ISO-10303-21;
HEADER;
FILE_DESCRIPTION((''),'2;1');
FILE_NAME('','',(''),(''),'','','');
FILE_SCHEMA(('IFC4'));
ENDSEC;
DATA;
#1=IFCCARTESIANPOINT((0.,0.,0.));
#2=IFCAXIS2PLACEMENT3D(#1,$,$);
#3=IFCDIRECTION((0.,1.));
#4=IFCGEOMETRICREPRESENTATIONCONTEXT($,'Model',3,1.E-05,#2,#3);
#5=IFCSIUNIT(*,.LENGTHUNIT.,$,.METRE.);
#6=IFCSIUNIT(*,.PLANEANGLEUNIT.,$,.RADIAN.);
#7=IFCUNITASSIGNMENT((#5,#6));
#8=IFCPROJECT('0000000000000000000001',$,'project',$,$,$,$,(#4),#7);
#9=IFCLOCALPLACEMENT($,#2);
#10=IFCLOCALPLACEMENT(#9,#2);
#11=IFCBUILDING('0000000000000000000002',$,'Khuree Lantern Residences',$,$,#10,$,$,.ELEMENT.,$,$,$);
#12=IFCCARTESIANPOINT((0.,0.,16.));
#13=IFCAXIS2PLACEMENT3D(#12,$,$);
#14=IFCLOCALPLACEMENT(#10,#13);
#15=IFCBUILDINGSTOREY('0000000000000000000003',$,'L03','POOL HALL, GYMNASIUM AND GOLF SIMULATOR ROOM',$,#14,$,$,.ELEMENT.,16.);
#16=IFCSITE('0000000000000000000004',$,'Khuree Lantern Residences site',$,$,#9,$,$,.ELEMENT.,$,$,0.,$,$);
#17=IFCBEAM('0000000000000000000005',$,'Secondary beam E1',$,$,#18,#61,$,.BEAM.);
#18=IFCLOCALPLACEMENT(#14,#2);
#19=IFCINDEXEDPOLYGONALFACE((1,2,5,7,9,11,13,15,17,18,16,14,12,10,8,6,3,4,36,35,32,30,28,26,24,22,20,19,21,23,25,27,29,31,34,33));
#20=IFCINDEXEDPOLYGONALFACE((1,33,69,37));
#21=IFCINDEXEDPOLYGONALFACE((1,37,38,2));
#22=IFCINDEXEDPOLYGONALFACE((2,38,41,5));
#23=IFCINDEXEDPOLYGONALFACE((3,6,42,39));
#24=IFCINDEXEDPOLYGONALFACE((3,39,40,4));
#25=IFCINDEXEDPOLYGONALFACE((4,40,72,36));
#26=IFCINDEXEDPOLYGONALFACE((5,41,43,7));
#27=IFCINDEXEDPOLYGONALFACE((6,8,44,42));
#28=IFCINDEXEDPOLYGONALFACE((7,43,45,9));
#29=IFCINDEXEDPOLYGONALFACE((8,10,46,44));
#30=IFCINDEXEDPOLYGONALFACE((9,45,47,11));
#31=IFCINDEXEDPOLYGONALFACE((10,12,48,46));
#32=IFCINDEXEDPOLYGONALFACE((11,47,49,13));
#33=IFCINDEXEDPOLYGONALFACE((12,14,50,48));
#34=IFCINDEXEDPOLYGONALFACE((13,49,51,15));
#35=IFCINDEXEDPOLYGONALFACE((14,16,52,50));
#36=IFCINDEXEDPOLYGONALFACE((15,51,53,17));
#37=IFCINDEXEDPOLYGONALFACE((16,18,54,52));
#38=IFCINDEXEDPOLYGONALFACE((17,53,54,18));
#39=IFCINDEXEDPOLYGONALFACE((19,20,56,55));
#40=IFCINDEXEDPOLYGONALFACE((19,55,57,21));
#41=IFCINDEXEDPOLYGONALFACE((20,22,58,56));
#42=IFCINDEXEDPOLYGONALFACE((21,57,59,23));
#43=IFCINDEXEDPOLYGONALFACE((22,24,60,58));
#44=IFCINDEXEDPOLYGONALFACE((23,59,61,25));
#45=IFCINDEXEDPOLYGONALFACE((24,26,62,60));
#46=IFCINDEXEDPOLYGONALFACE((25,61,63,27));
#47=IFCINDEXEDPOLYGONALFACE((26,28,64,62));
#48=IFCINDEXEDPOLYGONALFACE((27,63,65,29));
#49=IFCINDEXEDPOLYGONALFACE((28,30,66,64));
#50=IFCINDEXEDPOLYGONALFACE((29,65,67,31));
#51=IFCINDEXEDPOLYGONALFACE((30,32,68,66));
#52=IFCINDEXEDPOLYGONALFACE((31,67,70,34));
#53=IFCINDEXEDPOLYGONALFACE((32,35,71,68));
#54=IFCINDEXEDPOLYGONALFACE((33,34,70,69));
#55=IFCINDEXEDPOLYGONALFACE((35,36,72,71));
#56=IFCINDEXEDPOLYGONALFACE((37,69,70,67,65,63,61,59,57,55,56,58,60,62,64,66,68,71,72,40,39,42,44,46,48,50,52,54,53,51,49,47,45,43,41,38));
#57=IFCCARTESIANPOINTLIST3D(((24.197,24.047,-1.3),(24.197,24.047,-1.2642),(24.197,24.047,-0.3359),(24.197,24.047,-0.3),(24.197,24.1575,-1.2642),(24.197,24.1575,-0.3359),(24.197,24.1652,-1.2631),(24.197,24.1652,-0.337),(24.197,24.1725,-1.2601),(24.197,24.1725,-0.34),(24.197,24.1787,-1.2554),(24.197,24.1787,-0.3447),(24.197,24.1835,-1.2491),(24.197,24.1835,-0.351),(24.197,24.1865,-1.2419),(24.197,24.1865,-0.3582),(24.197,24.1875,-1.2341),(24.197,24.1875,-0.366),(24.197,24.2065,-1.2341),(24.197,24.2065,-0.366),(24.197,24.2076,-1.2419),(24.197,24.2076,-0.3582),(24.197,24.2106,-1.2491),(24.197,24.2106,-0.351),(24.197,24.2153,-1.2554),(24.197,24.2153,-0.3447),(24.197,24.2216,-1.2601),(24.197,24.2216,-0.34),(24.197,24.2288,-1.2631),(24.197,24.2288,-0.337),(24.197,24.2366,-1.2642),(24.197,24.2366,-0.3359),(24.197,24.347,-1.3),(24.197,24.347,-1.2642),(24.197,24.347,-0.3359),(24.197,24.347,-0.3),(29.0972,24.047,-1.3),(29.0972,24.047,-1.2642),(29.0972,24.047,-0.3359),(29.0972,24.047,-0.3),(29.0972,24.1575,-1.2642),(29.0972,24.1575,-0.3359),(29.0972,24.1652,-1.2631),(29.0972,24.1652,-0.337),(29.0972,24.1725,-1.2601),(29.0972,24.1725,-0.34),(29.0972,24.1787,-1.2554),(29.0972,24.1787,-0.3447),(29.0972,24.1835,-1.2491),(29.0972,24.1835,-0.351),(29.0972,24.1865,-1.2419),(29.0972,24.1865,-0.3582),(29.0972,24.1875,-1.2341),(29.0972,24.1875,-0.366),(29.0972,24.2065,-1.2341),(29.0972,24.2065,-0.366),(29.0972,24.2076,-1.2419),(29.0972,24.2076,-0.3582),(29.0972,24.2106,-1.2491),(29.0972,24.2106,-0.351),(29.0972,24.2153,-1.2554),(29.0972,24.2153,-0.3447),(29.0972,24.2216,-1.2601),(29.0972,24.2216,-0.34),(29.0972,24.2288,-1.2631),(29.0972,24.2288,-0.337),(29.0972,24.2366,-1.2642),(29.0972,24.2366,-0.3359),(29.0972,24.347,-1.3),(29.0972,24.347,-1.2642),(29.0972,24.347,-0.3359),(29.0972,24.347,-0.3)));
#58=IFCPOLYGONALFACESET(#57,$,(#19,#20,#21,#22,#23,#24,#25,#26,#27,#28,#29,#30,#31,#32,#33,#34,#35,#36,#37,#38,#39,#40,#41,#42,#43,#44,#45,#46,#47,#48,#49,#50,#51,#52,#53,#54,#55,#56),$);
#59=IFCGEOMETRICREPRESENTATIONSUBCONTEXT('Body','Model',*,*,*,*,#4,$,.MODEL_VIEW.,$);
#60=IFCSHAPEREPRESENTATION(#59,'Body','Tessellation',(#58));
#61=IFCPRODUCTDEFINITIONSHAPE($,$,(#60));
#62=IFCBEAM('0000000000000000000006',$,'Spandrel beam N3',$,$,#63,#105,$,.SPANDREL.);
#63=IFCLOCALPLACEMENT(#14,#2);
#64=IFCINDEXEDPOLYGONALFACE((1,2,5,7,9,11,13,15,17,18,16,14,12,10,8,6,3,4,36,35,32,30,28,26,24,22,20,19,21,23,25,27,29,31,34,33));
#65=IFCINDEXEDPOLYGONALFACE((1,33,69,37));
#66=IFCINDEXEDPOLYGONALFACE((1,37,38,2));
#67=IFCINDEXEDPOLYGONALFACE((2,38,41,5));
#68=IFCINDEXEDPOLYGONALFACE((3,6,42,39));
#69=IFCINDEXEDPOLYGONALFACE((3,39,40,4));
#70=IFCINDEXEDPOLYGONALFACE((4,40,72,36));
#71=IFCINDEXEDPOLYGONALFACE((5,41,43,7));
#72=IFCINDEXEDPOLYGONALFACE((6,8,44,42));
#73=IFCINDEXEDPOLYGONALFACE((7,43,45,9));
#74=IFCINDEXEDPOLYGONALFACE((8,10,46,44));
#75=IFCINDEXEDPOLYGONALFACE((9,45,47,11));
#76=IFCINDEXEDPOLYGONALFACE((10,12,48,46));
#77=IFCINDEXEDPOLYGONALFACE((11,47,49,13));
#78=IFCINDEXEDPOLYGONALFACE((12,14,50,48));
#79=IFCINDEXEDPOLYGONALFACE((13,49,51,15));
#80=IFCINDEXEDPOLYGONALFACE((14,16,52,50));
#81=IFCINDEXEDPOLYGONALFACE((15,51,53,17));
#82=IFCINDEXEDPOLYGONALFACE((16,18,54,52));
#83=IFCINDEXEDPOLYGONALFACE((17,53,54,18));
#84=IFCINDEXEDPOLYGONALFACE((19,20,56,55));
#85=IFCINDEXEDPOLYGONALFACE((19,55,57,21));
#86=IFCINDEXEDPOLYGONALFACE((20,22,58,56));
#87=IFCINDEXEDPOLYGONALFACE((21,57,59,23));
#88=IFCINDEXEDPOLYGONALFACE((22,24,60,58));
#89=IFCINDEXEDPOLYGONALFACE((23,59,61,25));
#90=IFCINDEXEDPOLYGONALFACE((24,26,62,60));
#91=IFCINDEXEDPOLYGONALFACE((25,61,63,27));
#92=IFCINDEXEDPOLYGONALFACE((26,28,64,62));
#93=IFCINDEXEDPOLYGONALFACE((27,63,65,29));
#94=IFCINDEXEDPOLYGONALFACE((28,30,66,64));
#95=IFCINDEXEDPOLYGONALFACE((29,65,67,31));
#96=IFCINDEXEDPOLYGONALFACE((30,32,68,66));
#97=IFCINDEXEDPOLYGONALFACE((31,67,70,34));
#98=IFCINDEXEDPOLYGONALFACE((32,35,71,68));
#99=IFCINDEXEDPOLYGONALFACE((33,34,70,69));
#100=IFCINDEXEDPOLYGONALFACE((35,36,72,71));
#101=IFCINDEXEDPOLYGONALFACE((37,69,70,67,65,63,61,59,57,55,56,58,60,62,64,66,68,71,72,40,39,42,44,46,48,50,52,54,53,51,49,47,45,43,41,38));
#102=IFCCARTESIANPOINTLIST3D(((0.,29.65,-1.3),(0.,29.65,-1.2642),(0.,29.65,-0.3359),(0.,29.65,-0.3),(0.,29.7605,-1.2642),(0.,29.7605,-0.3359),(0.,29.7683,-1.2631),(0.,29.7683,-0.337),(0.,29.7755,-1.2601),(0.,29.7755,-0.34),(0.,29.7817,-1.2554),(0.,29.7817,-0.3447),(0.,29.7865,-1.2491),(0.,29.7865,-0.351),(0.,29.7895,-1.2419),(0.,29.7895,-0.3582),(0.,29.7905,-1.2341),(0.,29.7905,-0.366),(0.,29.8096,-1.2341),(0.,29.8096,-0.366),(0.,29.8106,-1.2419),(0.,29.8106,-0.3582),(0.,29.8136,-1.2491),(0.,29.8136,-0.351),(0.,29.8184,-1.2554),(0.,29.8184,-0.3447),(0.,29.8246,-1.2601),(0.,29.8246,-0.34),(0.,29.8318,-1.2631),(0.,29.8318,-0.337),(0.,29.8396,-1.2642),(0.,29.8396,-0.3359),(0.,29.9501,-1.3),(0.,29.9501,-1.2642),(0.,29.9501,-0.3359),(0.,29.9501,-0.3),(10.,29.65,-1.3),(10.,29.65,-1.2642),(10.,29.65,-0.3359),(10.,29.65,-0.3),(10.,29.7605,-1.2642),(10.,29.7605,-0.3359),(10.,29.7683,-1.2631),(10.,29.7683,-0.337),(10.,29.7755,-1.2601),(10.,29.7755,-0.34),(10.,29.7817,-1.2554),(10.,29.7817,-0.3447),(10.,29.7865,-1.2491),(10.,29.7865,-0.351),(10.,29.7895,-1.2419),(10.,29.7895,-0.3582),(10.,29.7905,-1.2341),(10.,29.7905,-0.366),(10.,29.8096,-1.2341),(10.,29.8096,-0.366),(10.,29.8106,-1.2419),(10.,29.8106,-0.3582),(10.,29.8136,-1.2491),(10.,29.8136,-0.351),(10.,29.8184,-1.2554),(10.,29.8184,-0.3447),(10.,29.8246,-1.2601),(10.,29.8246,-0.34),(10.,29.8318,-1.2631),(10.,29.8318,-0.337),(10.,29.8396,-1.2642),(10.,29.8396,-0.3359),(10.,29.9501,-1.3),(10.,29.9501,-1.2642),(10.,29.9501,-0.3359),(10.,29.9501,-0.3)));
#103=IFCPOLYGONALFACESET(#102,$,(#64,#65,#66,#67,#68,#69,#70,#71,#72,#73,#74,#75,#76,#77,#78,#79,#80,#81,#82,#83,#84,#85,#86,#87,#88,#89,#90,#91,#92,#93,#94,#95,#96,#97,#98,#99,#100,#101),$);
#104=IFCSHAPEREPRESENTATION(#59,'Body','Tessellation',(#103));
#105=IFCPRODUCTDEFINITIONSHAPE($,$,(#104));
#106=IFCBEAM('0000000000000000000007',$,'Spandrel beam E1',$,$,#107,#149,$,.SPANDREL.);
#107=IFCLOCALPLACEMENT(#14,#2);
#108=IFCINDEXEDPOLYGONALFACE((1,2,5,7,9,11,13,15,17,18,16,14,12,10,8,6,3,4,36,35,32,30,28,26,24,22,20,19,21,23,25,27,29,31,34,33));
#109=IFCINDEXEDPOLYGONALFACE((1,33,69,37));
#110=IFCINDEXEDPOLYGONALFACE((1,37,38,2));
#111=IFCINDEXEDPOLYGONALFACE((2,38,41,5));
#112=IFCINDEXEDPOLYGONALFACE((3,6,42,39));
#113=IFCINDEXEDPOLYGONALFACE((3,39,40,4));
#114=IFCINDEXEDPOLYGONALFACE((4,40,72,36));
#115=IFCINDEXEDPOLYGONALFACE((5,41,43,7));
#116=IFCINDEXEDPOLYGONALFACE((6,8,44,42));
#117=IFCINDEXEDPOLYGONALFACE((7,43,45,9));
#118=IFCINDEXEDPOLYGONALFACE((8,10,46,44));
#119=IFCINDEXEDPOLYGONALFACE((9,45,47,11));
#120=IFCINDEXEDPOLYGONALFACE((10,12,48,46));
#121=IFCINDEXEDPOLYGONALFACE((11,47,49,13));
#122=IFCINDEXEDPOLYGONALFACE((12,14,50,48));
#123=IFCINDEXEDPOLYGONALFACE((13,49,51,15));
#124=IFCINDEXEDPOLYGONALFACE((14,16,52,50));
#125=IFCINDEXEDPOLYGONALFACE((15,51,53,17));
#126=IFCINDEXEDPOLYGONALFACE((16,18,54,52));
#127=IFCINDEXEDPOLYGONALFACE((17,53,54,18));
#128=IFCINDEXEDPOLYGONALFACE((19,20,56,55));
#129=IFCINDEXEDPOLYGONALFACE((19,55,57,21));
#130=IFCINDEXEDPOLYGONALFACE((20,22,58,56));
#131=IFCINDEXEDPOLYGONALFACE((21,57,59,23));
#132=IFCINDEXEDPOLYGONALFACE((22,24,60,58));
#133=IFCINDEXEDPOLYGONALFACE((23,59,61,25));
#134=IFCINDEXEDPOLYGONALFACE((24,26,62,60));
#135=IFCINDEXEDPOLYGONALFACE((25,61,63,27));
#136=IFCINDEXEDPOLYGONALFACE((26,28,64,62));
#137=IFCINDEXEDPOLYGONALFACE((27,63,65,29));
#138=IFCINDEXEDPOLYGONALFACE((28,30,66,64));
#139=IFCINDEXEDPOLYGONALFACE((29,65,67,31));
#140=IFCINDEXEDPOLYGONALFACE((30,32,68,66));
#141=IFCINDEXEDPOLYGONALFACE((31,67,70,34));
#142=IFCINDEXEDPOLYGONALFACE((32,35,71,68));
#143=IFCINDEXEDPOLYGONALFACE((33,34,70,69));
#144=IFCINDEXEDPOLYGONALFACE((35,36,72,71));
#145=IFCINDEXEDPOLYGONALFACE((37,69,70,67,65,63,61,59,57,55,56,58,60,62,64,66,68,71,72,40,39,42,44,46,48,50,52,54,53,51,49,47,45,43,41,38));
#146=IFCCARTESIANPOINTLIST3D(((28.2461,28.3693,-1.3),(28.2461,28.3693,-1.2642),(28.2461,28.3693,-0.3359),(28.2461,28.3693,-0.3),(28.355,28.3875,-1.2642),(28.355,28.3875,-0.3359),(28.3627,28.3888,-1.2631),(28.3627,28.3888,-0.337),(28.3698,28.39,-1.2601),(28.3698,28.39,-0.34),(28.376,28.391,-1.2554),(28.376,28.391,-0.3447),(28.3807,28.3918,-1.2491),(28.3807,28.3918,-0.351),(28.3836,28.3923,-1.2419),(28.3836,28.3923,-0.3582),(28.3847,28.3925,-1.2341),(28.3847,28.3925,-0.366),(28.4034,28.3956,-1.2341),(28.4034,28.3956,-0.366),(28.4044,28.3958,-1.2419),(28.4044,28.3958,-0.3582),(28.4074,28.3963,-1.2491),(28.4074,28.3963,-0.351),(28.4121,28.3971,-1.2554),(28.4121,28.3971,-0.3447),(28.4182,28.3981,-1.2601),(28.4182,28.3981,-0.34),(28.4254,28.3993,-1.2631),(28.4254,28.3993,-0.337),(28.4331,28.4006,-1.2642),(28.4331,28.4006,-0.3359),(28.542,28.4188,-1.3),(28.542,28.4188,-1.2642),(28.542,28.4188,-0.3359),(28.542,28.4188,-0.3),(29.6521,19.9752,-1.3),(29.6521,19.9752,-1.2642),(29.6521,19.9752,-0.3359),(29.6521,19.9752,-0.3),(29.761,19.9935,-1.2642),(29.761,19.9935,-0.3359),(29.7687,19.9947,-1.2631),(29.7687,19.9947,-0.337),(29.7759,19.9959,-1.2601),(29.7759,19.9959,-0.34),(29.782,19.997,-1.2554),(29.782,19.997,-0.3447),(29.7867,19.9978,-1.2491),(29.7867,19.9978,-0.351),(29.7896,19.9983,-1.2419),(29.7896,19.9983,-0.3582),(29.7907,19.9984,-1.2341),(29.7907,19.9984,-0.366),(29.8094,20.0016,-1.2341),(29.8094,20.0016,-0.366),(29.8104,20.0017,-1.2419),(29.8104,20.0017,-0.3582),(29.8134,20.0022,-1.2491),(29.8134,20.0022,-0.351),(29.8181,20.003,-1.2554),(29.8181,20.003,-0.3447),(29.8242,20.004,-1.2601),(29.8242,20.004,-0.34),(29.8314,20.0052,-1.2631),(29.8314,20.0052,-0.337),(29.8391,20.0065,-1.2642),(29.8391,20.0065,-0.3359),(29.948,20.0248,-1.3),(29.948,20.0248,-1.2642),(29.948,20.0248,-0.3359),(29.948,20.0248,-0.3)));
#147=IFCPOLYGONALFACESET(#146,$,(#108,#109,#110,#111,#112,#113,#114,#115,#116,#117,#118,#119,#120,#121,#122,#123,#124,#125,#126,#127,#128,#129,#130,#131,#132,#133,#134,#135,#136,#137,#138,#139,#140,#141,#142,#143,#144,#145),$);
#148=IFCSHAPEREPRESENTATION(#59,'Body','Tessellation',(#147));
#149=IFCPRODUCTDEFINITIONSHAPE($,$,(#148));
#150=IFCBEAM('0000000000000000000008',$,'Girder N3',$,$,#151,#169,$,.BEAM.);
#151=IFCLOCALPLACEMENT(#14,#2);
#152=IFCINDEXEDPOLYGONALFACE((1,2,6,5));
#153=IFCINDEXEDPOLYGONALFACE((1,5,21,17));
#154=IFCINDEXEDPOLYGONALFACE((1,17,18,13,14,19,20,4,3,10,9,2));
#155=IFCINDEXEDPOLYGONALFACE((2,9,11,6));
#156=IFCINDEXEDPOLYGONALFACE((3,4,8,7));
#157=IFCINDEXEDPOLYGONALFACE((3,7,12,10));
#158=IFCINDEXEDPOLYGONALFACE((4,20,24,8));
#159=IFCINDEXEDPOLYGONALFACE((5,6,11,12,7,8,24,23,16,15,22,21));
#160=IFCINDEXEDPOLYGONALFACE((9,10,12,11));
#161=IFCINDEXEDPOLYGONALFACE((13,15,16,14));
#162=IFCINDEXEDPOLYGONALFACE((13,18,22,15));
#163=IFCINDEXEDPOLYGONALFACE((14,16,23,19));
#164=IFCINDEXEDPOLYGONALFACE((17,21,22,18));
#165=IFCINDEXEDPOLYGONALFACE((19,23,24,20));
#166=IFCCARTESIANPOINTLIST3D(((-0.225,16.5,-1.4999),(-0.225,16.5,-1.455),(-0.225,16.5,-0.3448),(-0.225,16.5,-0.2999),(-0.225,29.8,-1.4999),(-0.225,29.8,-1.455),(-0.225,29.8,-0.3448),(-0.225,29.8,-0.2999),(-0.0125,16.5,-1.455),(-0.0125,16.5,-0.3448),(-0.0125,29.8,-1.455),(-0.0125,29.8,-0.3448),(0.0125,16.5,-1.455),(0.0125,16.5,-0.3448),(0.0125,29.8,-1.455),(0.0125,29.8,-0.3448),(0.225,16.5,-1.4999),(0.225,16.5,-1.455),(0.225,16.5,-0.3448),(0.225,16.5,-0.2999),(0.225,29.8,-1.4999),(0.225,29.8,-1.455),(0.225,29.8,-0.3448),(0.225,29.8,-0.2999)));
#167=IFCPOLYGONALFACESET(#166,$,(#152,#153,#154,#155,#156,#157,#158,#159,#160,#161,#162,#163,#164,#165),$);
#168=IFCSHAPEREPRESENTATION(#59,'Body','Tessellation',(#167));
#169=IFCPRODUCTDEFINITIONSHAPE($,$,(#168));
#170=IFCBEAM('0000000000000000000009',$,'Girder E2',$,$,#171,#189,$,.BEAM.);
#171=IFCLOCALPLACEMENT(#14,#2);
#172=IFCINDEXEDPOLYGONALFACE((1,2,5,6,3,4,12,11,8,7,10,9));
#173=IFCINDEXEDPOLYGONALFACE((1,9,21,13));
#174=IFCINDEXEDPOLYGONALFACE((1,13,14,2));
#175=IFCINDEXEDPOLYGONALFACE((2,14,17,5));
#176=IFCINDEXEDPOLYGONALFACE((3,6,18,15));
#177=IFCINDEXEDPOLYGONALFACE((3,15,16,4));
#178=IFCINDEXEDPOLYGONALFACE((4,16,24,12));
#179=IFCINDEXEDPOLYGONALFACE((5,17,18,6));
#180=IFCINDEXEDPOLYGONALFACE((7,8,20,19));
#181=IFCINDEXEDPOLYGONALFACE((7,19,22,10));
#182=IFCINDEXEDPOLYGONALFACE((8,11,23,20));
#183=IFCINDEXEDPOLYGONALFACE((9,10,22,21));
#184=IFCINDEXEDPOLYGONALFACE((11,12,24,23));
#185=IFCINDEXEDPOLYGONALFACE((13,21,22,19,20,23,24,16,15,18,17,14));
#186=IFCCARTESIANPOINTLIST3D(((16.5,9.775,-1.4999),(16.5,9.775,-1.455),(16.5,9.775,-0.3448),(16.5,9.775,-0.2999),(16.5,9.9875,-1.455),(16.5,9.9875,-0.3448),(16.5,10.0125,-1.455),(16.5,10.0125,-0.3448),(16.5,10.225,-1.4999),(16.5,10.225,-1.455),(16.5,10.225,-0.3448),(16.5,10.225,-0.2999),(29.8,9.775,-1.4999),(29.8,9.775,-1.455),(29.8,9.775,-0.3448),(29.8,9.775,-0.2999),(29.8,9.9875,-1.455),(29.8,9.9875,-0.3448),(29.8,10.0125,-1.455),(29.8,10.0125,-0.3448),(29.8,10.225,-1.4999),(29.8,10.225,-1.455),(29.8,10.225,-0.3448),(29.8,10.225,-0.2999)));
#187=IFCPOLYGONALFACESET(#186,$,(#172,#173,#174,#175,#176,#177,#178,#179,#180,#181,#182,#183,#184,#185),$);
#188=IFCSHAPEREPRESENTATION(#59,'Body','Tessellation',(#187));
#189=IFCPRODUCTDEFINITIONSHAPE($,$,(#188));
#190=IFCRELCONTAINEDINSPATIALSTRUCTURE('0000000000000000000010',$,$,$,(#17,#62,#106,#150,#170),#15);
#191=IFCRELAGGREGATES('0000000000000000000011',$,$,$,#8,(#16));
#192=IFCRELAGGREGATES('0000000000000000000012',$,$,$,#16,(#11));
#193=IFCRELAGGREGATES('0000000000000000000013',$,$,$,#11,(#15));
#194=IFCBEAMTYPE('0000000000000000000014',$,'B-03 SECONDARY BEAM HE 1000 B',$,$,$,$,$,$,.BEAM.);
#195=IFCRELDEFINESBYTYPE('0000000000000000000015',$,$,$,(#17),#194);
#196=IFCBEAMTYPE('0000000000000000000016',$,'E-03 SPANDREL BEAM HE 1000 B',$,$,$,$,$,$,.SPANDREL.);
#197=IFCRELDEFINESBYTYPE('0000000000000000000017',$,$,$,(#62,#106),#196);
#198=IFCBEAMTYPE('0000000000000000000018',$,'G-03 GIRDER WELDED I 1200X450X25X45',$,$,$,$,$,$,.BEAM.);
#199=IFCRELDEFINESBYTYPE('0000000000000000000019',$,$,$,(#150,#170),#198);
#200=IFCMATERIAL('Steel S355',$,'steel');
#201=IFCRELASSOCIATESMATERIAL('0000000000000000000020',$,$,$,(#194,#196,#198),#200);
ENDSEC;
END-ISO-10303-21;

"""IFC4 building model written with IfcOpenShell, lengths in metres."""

from ifc_helpers import new_model, si_unit, direction, frame, origin, origin_2d, place, context, subcontext, project, spatial, i_section, extrude, material, material_profile, profile_set, type_object, element, save


model = new_model("IFC4")

# Units and contexts
model_context = context("Model", 3, precision=1e-05, world=origin(), true_north=direction((0.0, 1.0)))
body_context = subcontext(model_context, "Body", "Model", "MODEL_VIEW")
ifc_project = project(units=[si_unit("LENGTHUNIT", "METRE"), si_unit("PLANEANGLEUNIT", "RADIAN")], contexts=[model_context])

# Site, building, storey
site_placement = place(None, origin())
site = spatial("IfcSite", under=ifc_project, at=site_placement, Name="Khuree Lantern Residences site", CompositionType="ELEMENT", RefElevation=0.0)
building_placement = place(site_placement, origin())
building = spatial("IfcBuilding", under=site, at=building_placement, Name="Khuree Lantern Residences", CompositionType="ELEMENT")
storey_placement = place(building_placement, frame((0.0, 0.0, 16.0)))
storey = spatial("IfcBuildingStorey", under=building, at=storey_placement, Name="L03", Description="POOL HALL, GYMNASIUM AND GOLF SIMULATOR ROOM", CompositionType="ELEMENT", Elevation=16.0)

# Beams
ifc_material_1 = material(Name="Steel S355", Category="steel")
ifc_material_profile_1 = material_profile(ifc_material_1, i_section(OverallWidth=0.3, OverallDepth=1.0, WebThickness=0.019, FlangeThickness=0.0359, FilletRadius=0.03, at=origin_2d()), Name="HE 1000 B")
ifc_profile_set_1 = profile_set([ifc_material_profile_1], Name="Steel S355")
beam_type_1 = type_object("IfcBeamType", Name="B-03 SECONDARY BEAM HE 1000 B", PredefinedType="BEAM", material=ifc_profile_set_1)
for number, where, z_axis, x_axis, name in (
    (1, (29.0972, 24.197, -0.8), (-1.0, 0.0, 0.0), (0.0, -1.0, 0.0), "Secondary beam E1"),
):
    element("IfcBeam", number, at=place(storey_placement, frame(where, z_axis=z_axis, x_axis=x_axis)), inside=storey, type_object=beam_type_1, Name=name, PredefinedType="BEAM", context=body_context, shape_type="SweptSolid", body=[
        extrude(i_section(OverallWidth=0.3, OverallDepth=1.0, WebThickness=0.019, FlangeThickness=0.0359, FilletRadius=0.03, at=origin_2d()), origin(), (0.0, 0.0, 1.0), 4.9001),
    ])
ifc_material_profile_2 = material_profile(ifc_material_1, i_section(OverallWidth=0.3, OverallDepth=1.0, WebThickness=0.019, FlangeThickness=0.0359, FilletRadius=0.03, at=origin_2d()), Name="HE 1000 B")
ifc_profile_set_2 = profile_set([ifc_material_profile_2], Name="Steel S355")
beam_type_2 = type_object("IfcBeamType", Name="E-03 SPANDREL BEAM HE 1000 B", PredefinedType="SPANDREL", material=ifc_profile_set_2)
beam_1_placement = place(storey_placement, frame((0.0, 29.8, -0.8), z_axis=(1.0, 0.0, 0.0), x_axis=(0.0, 1.0, 0.0)))
element("IfcBeam", 2, at=beam_1_placement, inside=storey, type_object=beam_type_2, Name="Spandrel beam N3", PredefinedType="SPANDREL", context=body_context, shape_type="SweptSolid", body=[
    extrude(i_section(OverallWidth=0.3, OverallDepth=1.0, WebThickness=0.019, FlangeThickness=0.0359, FilletRadius=0.03, at=origin_2d()), origin(), (0.0, 0.0, 1.0), 10.0),
])
beam_2_placement = place(storey_placement, frame((28.394, 28.394, -0.8), z_axis=(0.165199, -0.98626, 0.0), x_axis=(0.98626, 0.165199, 0.0)))
element("IfcBeam", 3, at=beam_2_placement, inside=storey, type_object=beam_type_2, Name="Spandrel beam E1", PredefinedType="SPANDREL", context=body_context, shape_type="SweptSolid", body=[
    extrude(i_section(OverallWidth=0.3, OverallDepth=1.0, WebThickness=0.019, FlangeThickness=0.0359, FilletRadius=0.03, at=origin_2d()), origin(), (0.0, 0.0, 1.0), 8.511),
])
ifc_material_profile_3 = material_profile(ifc_material_1, i_section(OverallWidth=0.45, OverallDepth=1.2, WebThickness=0.0249, FlangeThickness=0.0449, at=origin_2d()), Name="WELDED I 1200X450X25X45")
ifc_profile_set_3 = profile_set([ifc_material_profile_3], Name="Steel S355")
beam_type_3 = type_object("IfcBeamType", Name="G-03 GIRDER WELDED I 1200X450X25X45", PredefinedType="BEAM", material=ifc_profile_set_3)
for number, where, z_axis, x_axis, name in (
    (4, (0.0, 29.8, -0.8999), (0.0, -1.0, 0.0), (1.0, 0.0, 0.0), "Girder N3"),
    (5, (29.8, 10.0, -0.8999), (-1.0, 0.0, 0.0), (0.0, -1.0, 0.0), "Girder E2"),
):
    element("IfcBeam", number, at=place(storey_placement, frame(where, z_axis=z_axis, x_axis=x_axis)), inside=storey, type_object=beam_type_3, Name=name, PredefinedType="BEAM", context=body_context, shape_type="SweptSolid", body=[
        extrude(i_section(OverallWidth=0.45, OverallDepth=1.2, WebThickness=0.0249, FlangeThickness=0.0449, at=origin_2d()), origin(), (0.0, 0.0, 1.0), 13.3),
    ])

save(model, "model.ifc")
